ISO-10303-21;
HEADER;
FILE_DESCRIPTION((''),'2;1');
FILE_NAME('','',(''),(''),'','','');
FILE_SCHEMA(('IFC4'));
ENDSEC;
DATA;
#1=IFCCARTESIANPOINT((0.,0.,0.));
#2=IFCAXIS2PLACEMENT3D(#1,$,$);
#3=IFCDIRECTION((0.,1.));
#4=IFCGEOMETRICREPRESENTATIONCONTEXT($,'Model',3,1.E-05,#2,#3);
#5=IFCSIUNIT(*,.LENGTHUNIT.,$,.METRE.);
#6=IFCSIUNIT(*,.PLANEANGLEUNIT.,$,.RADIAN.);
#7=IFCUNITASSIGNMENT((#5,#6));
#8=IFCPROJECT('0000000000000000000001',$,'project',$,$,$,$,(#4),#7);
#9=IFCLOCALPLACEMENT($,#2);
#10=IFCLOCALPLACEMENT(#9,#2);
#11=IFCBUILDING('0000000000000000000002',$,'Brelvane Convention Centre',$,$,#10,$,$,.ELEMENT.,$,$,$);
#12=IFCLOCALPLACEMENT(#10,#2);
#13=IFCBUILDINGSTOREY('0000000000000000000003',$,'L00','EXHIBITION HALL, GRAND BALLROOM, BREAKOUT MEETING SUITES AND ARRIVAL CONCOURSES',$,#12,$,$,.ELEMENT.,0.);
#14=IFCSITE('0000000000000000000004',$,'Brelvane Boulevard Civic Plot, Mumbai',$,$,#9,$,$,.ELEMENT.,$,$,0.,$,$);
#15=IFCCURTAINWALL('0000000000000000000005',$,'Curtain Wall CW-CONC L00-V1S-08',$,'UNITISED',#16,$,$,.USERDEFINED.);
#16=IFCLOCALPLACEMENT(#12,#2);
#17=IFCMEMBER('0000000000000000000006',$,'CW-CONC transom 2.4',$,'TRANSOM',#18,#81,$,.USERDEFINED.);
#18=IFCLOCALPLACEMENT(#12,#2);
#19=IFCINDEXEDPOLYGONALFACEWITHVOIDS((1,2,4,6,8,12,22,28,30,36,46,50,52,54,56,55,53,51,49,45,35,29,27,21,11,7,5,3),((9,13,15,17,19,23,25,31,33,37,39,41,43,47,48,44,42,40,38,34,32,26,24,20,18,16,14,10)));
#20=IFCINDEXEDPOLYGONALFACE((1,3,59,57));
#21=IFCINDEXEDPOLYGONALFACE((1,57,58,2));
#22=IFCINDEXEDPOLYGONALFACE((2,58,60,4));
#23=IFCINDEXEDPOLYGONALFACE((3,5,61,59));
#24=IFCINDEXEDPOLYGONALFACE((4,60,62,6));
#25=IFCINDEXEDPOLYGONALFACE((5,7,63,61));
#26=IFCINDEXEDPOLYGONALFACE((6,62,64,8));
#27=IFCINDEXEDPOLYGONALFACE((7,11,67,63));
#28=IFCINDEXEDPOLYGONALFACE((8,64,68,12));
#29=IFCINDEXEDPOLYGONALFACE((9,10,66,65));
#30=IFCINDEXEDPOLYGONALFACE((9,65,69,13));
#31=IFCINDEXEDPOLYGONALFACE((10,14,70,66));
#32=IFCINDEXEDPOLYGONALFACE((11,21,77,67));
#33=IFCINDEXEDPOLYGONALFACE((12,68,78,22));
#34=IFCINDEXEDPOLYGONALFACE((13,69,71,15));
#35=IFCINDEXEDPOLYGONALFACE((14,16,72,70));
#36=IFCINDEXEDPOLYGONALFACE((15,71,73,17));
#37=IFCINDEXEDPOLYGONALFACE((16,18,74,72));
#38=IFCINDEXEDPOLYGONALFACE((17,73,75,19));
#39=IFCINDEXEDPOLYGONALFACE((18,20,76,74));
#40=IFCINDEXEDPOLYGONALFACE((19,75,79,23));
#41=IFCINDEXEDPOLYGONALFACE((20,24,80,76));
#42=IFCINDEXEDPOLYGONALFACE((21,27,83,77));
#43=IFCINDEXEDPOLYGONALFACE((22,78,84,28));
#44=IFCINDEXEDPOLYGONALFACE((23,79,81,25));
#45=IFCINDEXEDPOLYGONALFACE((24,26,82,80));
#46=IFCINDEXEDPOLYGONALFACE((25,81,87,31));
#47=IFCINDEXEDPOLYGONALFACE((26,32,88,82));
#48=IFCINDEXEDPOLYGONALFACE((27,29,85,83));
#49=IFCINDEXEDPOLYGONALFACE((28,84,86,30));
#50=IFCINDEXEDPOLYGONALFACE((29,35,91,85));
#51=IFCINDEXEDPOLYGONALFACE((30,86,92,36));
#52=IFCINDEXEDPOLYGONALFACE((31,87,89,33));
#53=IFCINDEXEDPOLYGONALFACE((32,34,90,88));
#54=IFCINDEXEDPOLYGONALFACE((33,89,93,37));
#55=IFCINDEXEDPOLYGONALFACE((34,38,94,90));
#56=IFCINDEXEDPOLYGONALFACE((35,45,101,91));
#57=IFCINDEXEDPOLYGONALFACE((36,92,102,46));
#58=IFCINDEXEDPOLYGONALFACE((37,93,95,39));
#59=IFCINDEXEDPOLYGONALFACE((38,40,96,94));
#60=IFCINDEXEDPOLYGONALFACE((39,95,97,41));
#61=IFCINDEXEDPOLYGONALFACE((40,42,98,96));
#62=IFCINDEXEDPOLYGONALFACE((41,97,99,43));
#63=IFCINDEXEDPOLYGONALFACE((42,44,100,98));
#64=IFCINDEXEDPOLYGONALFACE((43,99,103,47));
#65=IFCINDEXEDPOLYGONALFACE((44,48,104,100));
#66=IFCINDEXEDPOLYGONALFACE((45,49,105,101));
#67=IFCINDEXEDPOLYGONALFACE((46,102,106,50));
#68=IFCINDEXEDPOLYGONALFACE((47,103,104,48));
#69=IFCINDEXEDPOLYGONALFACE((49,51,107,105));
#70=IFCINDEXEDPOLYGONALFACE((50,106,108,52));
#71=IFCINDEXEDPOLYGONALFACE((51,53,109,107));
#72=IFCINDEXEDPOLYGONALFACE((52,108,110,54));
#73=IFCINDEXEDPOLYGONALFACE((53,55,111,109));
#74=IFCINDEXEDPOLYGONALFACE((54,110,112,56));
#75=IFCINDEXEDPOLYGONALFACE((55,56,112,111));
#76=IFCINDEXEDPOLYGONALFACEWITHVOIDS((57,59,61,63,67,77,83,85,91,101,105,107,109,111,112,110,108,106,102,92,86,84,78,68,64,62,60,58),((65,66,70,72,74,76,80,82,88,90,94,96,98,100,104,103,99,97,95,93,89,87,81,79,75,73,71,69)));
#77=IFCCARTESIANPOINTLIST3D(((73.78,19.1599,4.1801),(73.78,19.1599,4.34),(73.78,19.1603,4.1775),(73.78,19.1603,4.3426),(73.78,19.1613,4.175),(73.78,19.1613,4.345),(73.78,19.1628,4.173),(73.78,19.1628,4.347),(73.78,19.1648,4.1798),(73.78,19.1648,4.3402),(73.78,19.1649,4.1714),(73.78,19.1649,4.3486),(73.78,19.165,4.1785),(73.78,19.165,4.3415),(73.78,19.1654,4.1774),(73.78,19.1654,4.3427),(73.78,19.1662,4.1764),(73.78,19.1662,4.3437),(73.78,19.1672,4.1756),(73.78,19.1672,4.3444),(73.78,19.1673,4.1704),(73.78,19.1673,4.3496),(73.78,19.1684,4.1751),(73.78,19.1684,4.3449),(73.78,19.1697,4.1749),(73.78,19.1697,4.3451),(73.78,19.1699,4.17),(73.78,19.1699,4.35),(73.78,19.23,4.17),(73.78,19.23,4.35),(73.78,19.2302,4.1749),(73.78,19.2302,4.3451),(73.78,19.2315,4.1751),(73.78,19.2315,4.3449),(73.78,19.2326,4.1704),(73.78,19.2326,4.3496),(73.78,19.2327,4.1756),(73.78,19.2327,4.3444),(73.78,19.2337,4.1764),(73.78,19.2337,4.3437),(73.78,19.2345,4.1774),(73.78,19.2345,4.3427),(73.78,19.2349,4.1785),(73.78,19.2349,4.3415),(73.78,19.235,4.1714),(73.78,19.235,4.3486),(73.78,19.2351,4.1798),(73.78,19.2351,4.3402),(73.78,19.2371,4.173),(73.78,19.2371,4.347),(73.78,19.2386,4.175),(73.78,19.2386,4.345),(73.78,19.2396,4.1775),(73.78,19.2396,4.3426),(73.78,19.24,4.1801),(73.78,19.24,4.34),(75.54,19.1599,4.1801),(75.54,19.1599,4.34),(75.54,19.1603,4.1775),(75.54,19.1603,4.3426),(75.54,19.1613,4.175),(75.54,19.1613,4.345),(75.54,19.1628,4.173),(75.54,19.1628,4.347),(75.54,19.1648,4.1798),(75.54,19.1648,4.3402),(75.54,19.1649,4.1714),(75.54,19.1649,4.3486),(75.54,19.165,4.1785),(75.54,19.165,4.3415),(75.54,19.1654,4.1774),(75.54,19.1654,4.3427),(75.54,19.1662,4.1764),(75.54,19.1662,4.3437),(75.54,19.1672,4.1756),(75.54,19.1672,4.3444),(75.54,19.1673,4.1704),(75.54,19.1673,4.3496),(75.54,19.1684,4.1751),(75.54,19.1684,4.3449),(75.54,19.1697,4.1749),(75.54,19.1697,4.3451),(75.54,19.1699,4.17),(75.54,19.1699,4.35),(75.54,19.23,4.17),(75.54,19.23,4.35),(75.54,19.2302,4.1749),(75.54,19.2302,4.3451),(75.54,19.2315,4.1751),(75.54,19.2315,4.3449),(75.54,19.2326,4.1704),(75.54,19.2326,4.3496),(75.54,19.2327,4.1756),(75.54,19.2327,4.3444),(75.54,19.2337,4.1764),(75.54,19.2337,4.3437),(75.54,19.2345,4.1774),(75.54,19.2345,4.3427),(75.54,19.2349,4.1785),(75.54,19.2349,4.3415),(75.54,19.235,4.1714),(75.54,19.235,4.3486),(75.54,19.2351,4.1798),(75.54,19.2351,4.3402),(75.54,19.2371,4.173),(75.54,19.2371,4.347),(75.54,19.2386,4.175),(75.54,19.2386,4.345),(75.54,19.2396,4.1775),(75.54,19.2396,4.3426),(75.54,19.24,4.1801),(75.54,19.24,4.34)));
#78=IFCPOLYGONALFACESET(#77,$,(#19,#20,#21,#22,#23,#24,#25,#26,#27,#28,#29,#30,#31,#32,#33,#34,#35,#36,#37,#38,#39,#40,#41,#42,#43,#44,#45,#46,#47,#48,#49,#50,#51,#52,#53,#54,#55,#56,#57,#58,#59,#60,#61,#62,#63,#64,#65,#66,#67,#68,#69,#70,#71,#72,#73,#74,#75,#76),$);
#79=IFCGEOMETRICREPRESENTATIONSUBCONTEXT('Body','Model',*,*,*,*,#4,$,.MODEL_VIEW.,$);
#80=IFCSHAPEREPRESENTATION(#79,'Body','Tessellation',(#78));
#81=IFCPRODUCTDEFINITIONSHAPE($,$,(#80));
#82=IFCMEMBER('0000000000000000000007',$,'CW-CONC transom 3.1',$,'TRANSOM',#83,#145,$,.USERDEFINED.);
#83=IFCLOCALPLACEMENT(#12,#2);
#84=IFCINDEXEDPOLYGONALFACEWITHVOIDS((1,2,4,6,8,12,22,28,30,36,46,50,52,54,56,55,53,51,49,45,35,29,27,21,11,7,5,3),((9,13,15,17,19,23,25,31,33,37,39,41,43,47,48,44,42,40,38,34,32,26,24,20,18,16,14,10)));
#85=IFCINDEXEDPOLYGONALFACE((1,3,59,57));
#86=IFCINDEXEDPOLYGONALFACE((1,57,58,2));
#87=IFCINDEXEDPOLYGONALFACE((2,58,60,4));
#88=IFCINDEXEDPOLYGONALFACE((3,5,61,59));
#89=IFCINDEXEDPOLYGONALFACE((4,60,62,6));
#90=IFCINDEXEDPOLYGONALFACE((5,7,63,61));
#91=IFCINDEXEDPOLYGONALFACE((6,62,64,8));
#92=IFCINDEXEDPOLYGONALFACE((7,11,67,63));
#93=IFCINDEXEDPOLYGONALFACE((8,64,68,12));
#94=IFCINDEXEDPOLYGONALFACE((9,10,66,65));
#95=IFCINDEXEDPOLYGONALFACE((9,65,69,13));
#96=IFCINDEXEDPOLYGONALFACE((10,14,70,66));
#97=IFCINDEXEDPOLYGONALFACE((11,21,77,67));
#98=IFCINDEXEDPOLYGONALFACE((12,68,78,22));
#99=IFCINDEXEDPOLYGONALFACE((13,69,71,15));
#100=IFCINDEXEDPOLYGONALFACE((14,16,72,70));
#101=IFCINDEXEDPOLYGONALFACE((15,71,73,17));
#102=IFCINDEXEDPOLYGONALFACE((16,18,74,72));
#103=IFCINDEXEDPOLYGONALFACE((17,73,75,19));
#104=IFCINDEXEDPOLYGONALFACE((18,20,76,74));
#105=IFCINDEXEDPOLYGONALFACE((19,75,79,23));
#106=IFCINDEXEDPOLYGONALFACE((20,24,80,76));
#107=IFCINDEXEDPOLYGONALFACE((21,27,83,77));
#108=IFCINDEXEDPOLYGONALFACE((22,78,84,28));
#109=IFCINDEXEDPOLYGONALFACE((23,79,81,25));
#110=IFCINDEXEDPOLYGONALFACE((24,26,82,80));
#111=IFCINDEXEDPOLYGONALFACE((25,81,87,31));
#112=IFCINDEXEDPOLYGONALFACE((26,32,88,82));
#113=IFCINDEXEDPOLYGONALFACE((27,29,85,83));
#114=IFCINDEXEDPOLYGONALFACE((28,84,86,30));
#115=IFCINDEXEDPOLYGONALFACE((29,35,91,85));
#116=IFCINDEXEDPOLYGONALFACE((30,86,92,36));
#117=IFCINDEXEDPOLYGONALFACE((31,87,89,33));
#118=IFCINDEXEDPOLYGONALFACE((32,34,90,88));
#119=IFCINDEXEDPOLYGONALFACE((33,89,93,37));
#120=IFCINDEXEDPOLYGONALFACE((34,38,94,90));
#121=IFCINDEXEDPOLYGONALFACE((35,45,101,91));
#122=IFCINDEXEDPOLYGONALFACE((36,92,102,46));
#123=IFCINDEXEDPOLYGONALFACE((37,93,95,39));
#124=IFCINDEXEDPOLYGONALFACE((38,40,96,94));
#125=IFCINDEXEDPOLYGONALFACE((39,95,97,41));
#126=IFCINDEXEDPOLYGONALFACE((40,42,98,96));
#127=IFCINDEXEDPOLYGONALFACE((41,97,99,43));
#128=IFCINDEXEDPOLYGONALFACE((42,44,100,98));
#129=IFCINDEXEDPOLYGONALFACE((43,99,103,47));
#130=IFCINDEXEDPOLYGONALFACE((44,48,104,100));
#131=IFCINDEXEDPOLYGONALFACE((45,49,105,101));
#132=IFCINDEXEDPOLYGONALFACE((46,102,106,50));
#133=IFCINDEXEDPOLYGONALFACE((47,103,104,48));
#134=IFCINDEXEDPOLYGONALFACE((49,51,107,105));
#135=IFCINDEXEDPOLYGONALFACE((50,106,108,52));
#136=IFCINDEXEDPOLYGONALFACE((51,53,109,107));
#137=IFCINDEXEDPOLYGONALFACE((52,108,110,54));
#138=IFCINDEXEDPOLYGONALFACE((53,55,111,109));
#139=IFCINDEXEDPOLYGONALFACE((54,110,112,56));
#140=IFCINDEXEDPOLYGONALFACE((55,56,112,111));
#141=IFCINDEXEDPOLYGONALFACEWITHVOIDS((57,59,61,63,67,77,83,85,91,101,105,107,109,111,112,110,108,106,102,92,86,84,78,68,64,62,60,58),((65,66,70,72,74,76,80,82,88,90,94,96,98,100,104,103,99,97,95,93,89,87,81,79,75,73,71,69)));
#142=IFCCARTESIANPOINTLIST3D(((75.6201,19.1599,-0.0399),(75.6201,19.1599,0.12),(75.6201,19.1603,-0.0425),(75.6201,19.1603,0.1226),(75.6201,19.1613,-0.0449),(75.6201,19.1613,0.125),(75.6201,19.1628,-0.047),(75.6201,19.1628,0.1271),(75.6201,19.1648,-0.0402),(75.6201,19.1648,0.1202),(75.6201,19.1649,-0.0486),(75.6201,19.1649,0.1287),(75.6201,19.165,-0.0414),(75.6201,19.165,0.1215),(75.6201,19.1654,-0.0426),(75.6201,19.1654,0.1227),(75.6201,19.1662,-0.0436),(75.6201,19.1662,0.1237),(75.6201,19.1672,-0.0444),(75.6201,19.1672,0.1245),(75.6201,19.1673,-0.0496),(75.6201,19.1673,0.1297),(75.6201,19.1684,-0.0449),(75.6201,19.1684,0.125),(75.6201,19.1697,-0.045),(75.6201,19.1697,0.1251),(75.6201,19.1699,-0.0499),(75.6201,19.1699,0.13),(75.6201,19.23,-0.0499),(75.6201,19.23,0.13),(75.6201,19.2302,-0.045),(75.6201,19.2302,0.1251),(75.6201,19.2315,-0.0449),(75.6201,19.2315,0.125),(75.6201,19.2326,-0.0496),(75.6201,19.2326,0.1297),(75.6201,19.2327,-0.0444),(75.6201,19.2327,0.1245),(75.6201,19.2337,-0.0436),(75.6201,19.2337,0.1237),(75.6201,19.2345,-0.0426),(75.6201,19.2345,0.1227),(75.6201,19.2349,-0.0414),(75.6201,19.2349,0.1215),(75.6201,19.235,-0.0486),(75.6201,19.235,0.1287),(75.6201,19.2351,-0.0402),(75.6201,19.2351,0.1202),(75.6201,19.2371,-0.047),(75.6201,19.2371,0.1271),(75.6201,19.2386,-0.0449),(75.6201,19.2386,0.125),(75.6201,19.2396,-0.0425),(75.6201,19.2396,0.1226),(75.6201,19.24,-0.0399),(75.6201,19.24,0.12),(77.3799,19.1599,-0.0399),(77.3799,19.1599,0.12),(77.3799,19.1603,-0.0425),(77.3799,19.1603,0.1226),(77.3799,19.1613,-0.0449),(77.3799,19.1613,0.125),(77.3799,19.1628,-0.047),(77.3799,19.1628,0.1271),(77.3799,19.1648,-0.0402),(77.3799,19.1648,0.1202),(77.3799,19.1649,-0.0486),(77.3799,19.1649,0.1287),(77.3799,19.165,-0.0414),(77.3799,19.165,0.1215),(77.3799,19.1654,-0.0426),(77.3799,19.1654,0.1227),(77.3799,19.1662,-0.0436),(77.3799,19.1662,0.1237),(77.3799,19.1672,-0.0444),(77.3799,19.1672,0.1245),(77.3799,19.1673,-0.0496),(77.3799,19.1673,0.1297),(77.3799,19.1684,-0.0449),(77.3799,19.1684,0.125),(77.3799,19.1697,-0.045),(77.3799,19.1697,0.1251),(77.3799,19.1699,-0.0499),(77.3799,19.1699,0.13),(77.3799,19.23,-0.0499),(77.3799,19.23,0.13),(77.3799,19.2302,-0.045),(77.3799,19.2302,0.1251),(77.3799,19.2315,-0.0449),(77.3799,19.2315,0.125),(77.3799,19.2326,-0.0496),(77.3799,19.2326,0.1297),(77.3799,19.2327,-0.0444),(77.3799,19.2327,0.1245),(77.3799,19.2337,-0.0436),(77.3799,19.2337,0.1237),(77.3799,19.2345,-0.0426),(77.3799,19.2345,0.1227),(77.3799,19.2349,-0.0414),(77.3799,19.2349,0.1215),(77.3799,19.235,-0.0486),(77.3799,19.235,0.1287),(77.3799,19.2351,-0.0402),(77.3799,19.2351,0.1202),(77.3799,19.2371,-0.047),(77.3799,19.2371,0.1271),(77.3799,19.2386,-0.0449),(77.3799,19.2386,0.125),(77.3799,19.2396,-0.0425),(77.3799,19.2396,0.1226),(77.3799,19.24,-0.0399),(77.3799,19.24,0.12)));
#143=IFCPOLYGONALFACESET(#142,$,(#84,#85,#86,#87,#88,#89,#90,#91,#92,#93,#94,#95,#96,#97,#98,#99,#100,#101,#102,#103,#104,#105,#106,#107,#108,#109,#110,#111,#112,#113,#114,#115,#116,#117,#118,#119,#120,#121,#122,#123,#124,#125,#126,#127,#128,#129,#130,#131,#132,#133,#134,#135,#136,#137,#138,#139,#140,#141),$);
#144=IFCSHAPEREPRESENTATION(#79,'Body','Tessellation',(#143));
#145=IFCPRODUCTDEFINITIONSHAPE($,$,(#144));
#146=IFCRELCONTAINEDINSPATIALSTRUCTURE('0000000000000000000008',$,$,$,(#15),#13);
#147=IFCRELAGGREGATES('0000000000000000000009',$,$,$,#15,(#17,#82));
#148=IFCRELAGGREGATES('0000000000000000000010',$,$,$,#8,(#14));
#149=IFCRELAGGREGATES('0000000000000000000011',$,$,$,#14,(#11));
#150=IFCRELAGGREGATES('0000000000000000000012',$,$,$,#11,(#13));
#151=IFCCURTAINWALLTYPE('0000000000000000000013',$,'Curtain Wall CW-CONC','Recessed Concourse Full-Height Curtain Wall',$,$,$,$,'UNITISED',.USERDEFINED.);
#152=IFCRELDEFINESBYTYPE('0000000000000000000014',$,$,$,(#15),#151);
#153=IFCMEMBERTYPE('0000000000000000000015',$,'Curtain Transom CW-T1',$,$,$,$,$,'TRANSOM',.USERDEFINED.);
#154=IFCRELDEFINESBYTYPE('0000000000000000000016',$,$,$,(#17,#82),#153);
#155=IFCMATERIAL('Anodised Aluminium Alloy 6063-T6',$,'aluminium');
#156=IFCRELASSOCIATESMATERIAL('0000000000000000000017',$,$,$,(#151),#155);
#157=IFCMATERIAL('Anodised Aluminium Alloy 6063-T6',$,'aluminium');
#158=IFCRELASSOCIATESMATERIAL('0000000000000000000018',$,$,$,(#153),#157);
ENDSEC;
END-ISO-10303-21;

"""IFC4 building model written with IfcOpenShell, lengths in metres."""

from ifc_helpers import new_model, si_unit, direction, frame, origin, origin_2d, place, context, subcontext, project, spatial, hollow_rectangle, extrude, material, material_profile, profile_set, type_object, element, aggregate, save


model = new_model("IFC4")

# Units and contexts
model_context = context("Model", 3, precision=1e-05, world=origin(), true_north=direction((0.0, 1.0)))
body_context = subcontext(model_context, "Body", "Model", "MODEL_VIEW")
ifc_project = project(units=[si_unit("LENGTHUNIT", "METRE"), si_unit("PLANEANGLEUNIT", "RADIAN")], contexts=[model_context])

# Site, building, storey
site_placement = place(None, origin())
site = spatial("IfcSite", under=ifc_project, at=site_placement, Name="Brelvane Boulevard Civic Plot, Mumbai", CompositionType="ELEMENT", RefElevation=0.0)
building_placement = place(site_placement, origin())
building = spatial("IfcBuilding", under=site, at=building_placement, Name="Brelvane Convention Centre", CompositionType="ELEMENT")
storey_placement = place(building_placement, origin())
storey = spatial("IfcBuildingStorey", under=building, at=storey_placement, Name="L00", Description="EXHIBITION HALL, GRAND BALLROOM, BREAKOUT MEETING SUITES AND ARRIVAL CONCOURSES", CompositionType="ELEMENT", Elevation=0.0)

# Curtain wall, members
ifc_material_1 = material(Name="Anodised Aluminium Alloy 6063-T6", Category="aluminium")
curtain_wall_type = type_object("IfcCurtainWallType", Name="Curtain Wall CW-CONC", Description="Recessed Concourse Full-Height Curtain Wall", ElementType="UNITISED", PredefinedType="USERDEFINED", material=ifc_material_1)
curtain_wall_placement = place(storey_placement, origin())
curtain_wall = element("IfcCurtainWall", 1, at=curtain_wall_placement, inside=storey, type_object=curtain_wall_type, Name="Curtain Wall CW-CONC L00-V1S-08", ObjectType="UNITISED", PredefinedType="USERDEFINED")
ifc_material_2 = material(Name="Anodised Aluminium Alloy 6063-T6", Category="aluminium")
ifc_material_profile_1 = material_profile(ifc_material_2, hollow_rectangle(XDim=0.0801, YDim=0.1799, WallThickness=0.0049, InnerFilletRadius=0.0049, OuterFilletRadius=0.01, at=origin_2d()), Name="ALU-T 180x80x5.0")
ifc_profile_set_1 = profile_set([ifc_material_profile_1], Name="Anodised Aluminium Alloy 6063-T6")
member_type_1 = type_object("IfcMemberType", Name="Curtain Transom CW-T1", ElementType="TRANSOM", PredefinedType="USERDEFINED", material=ifc_profile_set_1)
member_1_placement = place(storey_placement, frame((73.78, 19.2, 4.26), z_axis=(1.0, 0.0, 0.0), x_axis=(0.0, 1.0, 0.0)))
member_1 = element("IfcMember", 2, at=member_1_placement, type_object=member_type_1, Name="CW-CONC transom 2.4", ObjectType="TRANSOM", PredefinedType="USERDEFINED", context=body_context, shape_type="SweptSolid", body=[
    extrude(hollow_rectangle(XDim=0.0801, YDim=0.1799, WallThickness=0.0049, InnerFilletRadius=0.0049, OuterFilletRadius=0.01, at=origin_2d()), origin(), (0.0, 0.0, 1.0), 1.76),
])
member_2_placement = place(storey_placement, frame((75.6201, 19.2, 0.04), z_axis=(1.0, 0.0, 0.0), x_axis=(0.0, 1.0, 0.0)))
member_2 = element("IfcMember", 3, at=member_2_placement, type_object=member_type_1, Name="CW-CONC transom 3.1", ObjectType="TRANSOM", PredefinedType="USERDEFINED", context=body_context, shape_type="SweptSolid", body=[
    extrude(hollow_rectangle(XDim=0.0801, YDim=0.1799, WallThickness=0.0049, InnerFilletRadius=0.0049, OuterFilletRadius=0.01, at=origin_2d()), origin(), (0.0, 0.0, 1.0), 1.7598),
])
aggregate(curtain_wall, [member_1, member_2])

save(model, "model.ifc")
